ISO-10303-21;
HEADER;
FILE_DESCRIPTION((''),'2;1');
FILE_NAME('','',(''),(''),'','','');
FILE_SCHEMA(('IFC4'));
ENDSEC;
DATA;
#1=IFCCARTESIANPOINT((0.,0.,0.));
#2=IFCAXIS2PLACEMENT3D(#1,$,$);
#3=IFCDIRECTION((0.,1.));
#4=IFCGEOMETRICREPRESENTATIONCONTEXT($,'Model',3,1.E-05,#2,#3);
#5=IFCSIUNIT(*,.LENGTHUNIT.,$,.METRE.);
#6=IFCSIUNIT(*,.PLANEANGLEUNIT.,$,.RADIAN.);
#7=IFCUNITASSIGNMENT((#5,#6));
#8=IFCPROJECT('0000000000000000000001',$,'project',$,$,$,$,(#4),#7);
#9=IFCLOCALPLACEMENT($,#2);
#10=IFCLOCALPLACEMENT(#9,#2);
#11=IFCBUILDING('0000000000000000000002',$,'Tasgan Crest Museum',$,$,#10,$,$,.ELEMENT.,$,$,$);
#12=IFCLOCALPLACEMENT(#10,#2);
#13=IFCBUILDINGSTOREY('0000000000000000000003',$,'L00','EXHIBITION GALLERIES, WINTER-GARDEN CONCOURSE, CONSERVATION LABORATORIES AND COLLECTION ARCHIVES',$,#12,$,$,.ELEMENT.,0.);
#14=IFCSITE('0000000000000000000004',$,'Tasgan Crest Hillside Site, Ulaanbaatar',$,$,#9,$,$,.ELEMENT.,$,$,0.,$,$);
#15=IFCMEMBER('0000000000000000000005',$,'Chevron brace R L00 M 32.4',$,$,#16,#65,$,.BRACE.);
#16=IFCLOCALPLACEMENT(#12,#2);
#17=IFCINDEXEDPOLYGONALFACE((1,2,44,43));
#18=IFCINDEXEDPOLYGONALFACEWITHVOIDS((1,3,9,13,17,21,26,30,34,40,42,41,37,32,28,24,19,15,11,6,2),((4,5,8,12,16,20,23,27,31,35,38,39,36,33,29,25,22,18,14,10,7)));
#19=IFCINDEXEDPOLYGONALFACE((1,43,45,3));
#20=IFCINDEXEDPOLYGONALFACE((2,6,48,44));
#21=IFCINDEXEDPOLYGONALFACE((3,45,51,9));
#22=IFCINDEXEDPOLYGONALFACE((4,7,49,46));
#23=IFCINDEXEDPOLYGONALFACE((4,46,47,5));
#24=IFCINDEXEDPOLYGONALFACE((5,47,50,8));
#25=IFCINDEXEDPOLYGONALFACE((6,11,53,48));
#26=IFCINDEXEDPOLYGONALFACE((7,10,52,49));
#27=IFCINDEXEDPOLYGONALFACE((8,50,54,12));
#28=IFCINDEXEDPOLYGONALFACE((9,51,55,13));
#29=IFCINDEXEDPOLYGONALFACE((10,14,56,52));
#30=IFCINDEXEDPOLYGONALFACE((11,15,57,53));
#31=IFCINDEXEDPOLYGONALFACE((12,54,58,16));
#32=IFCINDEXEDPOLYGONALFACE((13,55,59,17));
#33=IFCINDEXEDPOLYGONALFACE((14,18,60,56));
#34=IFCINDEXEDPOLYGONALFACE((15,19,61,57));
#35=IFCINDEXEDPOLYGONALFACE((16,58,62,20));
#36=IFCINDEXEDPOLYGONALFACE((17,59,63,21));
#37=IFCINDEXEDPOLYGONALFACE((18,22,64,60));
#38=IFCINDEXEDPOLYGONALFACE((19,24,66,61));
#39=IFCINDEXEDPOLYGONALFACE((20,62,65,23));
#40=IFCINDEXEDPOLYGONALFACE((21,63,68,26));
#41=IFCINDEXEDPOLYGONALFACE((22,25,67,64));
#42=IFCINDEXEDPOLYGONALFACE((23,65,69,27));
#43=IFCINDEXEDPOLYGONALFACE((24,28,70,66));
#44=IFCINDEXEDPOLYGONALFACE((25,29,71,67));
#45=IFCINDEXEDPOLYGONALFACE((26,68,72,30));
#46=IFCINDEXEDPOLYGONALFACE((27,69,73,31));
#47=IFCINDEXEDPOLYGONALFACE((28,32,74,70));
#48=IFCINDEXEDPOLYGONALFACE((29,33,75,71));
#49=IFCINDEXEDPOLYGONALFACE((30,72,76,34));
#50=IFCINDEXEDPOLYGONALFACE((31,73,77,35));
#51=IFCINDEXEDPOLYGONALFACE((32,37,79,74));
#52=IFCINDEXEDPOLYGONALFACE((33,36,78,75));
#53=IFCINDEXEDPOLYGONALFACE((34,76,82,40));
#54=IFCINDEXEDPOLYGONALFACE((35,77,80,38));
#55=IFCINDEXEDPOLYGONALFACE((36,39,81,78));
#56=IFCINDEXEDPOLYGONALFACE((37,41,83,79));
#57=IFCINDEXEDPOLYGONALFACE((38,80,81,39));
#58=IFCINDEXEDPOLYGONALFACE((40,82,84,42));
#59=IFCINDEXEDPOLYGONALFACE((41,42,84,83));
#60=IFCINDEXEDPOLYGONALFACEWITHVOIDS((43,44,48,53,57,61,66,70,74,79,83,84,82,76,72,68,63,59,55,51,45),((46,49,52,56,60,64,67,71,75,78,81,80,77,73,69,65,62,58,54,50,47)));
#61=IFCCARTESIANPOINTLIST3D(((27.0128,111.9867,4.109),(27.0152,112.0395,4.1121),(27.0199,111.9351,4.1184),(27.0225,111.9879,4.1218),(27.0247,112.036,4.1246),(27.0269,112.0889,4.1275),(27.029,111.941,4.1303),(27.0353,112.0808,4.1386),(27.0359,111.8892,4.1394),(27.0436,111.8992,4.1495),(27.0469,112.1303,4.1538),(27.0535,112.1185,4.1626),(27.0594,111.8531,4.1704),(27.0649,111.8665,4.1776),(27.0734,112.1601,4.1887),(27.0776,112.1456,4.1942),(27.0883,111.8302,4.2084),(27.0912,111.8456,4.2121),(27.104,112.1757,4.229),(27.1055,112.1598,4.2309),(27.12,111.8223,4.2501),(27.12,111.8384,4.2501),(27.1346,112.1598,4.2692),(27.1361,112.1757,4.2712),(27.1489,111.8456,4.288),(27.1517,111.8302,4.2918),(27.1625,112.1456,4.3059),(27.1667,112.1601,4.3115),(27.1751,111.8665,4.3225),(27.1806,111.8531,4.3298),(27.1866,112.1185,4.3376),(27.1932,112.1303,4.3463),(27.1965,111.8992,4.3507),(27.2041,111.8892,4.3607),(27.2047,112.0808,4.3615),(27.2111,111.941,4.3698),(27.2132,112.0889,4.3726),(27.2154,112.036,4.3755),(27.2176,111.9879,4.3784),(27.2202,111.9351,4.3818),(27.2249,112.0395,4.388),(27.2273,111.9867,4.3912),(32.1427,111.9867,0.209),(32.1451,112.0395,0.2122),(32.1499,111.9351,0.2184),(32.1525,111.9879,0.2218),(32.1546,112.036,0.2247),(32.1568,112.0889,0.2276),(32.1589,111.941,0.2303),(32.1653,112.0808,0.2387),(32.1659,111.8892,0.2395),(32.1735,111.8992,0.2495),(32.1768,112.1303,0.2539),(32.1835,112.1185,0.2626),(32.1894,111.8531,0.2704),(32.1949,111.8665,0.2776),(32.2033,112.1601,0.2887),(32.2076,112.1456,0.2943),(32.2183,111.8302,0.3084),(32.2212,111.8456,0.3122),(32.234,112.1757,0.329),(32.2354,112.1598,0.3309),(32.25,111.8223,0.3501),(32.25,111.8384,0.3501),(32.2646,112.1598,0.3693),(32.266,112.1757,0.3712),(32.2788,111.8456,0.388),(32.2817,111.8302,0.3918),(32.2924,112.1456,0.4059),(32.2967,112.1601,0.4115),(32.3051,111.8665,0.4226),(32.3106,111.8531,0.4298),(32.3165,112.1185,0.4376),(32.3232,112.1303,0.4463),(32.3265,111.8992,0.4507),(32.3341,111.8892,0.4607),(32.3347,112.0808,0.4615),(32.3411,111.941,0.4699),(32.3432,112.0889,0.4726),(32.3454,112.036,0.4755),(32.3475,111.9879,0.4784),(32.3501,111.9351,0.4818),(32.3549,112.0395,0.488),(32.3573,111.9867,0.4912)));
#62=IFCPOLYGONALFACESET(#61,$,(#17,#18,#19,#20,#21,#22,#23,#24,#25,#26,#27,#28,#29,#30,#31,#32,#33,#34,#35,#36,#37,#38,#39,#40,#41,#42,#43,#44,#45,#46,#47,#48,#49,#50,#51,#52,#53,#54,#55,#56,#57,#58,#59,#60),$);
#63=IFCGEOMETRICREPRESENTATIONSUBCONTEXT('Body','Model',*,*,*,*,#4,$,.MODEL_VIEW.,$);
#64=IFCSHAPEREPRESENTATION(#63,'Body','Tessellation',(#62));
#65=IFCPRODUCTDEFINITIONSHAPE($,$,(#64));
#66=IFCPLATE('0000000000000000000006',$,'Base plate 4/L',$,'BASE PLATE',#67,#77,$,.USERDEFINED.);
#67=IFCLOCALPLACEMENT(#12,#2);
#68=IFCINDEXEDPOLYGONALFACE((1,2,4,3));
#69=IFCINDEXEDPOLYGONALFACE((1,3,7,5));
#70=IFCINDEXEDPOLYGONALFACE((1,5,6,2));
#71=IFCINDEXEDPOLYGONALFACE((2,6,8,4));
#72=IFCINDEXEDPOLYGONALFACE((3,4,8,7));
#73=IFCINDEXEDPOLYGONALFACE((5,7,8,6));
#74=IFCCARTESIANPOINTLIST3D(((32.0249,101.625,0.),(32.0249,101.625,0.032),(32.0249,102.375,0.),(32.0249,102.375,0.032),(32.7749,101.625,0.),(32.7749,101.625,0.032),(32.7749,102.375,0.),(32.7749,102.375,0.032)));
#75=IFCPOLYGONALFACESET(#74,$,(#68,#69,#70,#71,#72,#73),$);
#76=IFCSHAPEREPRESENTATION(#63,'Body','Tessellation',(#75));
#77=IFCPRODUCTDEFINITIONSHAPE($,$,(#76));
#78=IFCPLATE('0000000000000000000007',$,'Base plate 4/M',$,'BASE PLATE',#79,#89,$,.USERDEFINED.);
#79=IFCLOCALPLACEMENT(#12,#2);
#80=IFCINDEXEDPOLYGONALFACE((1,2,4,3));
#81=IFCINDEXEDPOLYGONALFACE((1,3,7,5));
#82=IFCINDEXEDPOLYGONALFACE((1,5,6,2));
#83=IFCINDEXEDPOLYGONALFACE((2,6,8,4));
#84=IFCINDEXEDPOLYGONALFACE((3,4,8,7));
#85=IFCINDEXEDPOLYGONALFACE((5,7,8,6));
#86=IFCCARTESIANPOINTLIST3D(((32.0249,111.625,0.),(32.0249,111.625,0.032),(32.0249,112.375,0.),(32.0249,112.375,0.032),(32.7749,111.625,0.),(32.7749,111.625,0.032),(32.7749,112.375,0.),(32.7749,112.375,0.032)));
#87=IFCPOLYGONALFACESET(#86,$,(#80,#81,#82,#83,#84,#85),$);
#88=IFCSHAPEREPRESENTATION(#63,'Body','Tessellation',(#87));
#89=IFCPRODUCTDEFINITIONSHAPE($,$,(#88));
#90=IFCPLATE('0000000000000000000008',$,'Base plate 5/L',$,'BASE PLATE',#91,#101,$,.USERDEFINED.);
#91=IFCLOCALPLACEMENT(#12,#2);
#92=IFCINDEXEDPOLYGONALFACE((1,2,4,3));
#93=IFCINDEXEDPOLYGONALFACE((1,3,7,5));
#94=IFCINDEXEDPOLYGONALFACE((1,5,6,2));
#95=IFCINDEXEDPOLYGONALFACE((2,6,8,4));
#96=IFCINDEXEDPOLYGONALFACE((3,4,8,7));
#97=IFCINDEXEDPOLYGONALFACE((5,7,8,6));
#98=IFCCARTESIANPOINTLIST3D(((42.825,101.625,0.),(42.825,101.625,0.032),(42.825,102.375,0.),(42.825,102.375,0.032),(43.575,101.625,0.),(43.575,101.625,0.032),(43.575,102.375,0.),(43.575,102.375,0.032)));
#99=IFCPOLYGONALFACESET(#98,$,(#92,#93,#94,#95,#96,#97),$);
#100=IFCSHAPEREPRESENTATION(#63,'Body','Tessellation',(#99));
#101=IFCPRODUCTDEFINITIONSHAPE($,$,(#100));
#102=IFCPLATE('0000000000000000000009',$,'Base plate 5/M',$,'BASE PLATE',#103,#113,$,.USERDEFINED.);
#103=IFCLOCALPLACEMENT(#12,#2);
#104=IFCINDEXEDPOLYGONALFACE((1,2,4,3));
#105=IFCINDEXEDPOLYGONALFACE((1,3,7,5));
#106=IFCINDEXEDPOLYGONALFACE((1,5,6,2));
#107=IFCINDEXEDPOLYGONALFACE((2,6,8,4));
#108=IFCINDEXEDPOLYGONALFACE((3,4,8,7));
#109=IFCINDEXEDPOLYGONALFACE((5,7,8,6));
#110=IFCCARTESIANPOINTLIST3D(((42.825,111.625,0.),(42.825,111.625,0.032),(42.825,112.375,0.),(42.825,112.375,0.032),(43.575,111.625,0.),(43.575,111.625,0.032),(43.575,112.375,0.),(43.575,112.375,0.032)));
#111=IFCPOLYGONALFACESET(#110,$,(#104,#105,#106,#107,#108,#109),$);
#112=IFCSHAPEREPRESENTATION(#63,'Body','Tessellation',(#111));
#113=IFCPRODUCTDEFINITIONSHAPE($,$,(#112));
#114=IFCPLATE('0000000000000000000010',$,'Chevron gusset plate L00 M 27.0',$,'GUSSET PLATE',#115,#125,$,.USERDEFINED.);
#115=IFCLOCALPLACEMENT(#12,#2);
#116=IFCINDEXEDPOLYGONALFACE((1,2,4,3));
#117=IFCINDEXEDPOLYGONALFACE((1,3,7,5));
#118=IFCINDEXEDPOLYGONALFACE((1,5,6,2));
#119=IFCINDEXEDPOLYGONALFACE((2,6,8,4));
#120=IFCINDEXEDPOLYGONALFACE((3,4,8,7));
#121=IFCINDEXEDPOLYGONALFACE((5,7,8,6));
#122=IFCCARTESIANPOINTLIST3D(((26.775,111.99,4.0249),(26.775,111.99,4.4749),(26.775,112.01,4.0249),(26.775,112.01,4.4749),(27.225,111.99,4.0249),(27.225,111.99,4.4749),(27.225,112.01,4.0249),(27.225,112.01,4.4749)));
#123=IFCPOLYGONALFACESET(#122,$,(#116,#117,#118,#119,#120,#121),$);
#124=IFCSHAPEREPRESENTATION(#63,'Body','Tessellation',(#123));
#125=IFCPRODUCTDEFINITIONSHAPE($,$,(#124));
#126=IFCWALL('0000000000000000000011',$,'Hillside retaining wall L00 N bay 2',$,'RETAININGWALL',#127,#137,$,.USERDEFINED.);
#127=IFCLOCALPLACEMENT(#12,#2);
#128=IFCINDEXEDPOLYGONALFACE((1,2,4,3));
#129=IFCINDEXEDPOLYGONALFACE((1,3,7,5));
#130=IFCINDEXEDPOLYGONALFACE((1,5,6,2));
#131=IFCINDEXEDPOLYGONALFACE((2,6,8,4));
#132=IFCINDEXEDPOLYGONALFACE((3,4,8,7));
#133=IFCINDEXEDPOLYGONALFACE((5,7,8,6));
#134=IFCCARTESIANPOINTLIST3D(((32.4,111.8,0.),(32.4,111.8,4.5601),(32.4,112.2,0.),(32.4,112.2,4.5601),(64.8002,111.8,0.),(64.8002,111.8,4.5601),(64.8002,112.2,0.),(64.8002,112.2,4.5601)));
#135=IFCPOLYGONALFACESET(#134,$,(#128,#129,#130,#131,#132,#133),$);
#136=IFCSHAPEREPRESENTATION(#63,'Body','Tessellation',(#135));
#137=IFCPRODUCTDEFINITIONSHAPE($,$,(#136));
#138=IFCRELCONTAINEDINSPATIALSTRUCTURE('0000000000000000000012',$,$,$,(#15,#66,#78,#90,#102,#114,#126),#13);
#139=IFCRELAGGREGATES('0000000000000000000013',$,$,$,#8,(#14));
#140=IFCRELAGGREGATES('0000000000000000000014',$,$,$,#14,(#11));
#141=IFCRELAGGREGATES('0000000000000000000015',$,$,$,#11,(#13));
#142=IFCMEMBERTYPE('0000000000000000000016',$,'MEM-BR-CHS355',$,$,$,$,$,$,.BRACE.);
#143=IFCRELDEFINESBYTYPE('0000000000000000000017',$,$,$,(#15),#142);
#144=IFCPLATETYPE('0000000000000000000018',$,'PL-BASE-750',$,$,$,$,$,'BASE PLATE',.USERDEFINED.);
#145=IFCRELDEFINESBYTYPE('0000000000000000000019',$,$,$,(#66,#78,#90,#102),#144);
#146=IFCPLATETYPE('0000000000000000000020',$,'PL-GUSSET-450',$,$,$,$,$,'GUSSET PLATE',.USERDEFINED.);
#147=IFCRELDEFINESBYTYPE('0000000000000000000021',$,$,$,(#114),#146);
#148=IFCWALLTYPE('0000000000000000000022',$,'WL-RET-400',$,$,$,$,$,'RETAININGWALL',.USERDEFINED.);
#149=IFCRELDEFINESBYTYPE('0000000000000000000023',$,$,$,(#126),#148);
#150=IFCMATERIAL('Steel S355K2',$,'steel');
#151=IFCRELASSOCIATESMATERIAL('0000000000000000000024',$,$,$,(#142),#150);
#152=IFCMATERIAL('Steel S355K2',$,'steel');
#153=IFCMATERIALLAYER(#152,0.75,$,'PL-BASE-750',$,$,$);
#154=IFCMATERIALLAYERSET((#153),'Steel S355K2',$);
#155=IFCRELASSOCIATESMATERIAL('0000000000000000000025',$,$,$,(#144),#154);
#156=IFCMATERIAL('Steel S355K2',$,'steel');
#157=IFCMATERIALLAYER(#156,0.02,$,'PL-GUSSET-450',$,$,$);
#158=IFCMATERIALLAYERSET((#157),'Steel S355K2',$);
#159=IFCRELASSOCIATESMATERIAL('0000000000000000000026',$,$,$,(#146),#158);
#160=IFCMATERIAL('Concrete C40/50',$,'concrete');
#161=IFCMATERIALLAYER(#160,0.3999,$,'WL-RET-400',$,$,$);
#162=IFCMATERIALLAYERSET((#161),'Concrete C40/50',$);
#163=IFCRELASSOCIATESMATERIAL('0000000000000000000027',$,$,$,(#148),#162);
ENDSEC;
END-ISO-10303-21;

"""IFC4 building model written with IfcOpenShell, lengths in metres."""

from ifc_helpers import new_model, si_unit, direction, frame, frame_2d, origin, origin_2d, place, context, subcontext, project, spatial, rectangle, hollow_circle, extrude, material, layer, layer_set, material_profile, profile_set, type_object, element, save


model = new_model("IFC4")

# Units and contexts
model_context = context("Model", 3, precision=1e-05, world=origin(), true_north=direction((0.0, 1.0)))
body_context = subcontext(model_context, "Body", "Model", "MODEL_VIEW")
ifc_project = project(units=[si_unit("LENGTHUNIT", "METRE"), si_unit("PLANEANGLEUNIT", "RADIAN")], contexts=[model_context])

# Site, building, storey
site_placement = place(None, origin())
site = spatial("IfcSite", under=ifc_project, at=site_placement, Name="Tasgan Crest Hillside Site, Ulaanbaatar", CompositionType="ELEMENT", RefElevation=0.0)
building_placement = place(site_placement, origin())
building = spatial("IfcBuilding", under=site, at=building_placement, Name="Tasgan Crest Museum", CompositionType="ELEMENT")
storey_placement = place(building_placement, origin())
storey = spatial("IfcBuildingStorey", under=building, at=storey_placement, Name="L00", Description="EXHIBITION GALLERIES, WINTER-GARDEN CONCOURSE, CONSERVATION LABORATORIES AND COLLECTION ARCHIVES", CompositionType="ELEMENT", Elevation=0.0)

# Member
ifc_material_1 = material(Name="Steel S355K2", Category="steel")
ifc_material_profile_1 = material_profile(ifc_material_1, hollow_circle(Radius=0.1777, WallThickness=0.0161, at=origin_2d()), Name="CHS 355.6x16")
ifc_profile_set_1 = profile_set([ifc_material_profile_1], Name="Steel S355K2")
member_type = type_object("IfcMemberType", Name="MEM-BR-CHS355", PredefinedType="BRACE", material=ifc_profile_set_1)
member_placement = place(storey_placement, frame((32.25, 112.0, 0.3501), z_axis=(-0.796073, 0.0, 0.6052), x_axis=(0.0, -1.0, 0.0)))
element("IfcMember", 1, at=member_placement, inside=storey, type_object=member_type, Name="Chevron brace R L00 M 32.4", PredefinedType="BRACE", context=body_context, shape_type="SweptSolid", body=[
    extrude(hollow_circle(Radius=0.1777, WallThickness=0.0161, at=origin_2d()), origin(), (0.0, 0.0, 1.0), 6.4441),
])

# Plates
ifc_material_2 = material(Name="Steel S355K2", Category="steel")
ifc_layer_1 = layer(ifc_material_2, 0.75, Name="PL-BASE-750")
ifc_layer_set_1 = layer_set([ifc_layer_1], Name="Steel S355K2")
plate_type_1 = type_object("IfcPlateType", Name="PL-BASE-750", ElementType="BASE PLATE", PredefinedType="USERDEFINED", material=ifc_layer_set_1)
for number, where, z_axis, x_axis, name in (
    (2, (32.3999, 102.0, 0.0), (0.0, 0.0, 1.0), (1.0, 0.0, 0.0), "Base plate 4/L"),
    (3, (32.3999, 112.0, 0.0), (0.0, 0.0, 1.0), (1.0, 0.0, 0.0), "Base plate 4/M"),
    (4, (43.2, 102.0, 0.0), (0.0, 0.0, 1.0), (1.0, 0.0, 0.0), "Base plate 5/L"),
    (5, (43.2, 112.0, 0.0), (0.0, 0.0, 1.0), (1.0, 0.0, 0.0), "Base plate 5/M"),
):
    element("IfcPlate", number, at=place(storey_placement, frame(where, z_axis=z_axis, x_axis=x_axis)), inside=storey, type_object=plate_type_1, Name=name, ObjectType="BASE PLATE", PredefinedType="USERDEFINED", context=body_context, shape_type="SweptSolid", body=[
        extrude(rectangle(XDim=0.75, YDim=0.75, at=origin_2d()), origin(), (0.0, 0.0, 1.0), 0.032),
    ])
ifc_material_3 = material(Name="Steel S355K2", Category="steel")
ifc_layer_2 = layer(ifc_material_3, 0.02, Name="PL-GUSSET-450")
ifc_layer_set_2 = layer_set([ifc_layer_2], Name="Steel S355K2")
plate_type_2 = type_object("IfcPlateType", Name="PL-GUSSET-450", ElementType="GUSSET PLATE", PredefinedType="USERDEFINED", material=ifc_layer_set_2)
plate_placement = place(storey_placement, frame((27.0, 112.0, 4.0249), z_axis=(0.0, 0.0, 1.0), x_axis=(1.0, 0.0, 0.0)))
element("IfcPlate", 6, at=plate_placement, inside=storey, type_object=plate_type_2, Name="Chevron gusset plate L00 M 27.0", ObjectType="GUSSET PLATE", PredefinedType="USERDEFINED", context=body_context, shape_type="SweptSolid", body=[
    extrude(rectangle(XDim=0.45, YDim=0.02, at=origin_2d()), origin(), (0.0, 0.0, 1.0), 0.45),
])

# Wall
ifc_material_4 = material(Name="Concrete C40/50", Category="concrete")
ifc_layer_3 = layer(ifc_material_4, 0.3999, Name="WL-RET-400")
ifc_layer_set_3 = layer_set([ifc_layer_3], Name="Concrete C40/50")
wall_type = type_object("IfcWallType", Name="WL-RET-400", ElementType="RETAININGWALL", PredefinedType="USERDEFINED", material=ifc_layer_set_3)
wall_placement = place(storey_placement, frame((32.3999, 112.0, 0.0), z_axis=(0.0, 0.0, 1.0), x_axis=(1.0, 0.0, 0.0)))
element("IfcWall", 7, at=wall_placement, inside=storey, type_object=wall_type, Name="Hillside retaining wall L00 N bay 2", ObjectType="RETAININGWALL", PredefinedType="USERDEFINED", context=body_context, shape_type="SweptSolid", body=[
    extrude(rectangle(XDim=32.4001, YDim=0.3999, at=frame_2d((16.2002, 0.0))), origin(), (0.0, 0.0, 1.0), 4.5601),
])

save(model, "model.ifc")
